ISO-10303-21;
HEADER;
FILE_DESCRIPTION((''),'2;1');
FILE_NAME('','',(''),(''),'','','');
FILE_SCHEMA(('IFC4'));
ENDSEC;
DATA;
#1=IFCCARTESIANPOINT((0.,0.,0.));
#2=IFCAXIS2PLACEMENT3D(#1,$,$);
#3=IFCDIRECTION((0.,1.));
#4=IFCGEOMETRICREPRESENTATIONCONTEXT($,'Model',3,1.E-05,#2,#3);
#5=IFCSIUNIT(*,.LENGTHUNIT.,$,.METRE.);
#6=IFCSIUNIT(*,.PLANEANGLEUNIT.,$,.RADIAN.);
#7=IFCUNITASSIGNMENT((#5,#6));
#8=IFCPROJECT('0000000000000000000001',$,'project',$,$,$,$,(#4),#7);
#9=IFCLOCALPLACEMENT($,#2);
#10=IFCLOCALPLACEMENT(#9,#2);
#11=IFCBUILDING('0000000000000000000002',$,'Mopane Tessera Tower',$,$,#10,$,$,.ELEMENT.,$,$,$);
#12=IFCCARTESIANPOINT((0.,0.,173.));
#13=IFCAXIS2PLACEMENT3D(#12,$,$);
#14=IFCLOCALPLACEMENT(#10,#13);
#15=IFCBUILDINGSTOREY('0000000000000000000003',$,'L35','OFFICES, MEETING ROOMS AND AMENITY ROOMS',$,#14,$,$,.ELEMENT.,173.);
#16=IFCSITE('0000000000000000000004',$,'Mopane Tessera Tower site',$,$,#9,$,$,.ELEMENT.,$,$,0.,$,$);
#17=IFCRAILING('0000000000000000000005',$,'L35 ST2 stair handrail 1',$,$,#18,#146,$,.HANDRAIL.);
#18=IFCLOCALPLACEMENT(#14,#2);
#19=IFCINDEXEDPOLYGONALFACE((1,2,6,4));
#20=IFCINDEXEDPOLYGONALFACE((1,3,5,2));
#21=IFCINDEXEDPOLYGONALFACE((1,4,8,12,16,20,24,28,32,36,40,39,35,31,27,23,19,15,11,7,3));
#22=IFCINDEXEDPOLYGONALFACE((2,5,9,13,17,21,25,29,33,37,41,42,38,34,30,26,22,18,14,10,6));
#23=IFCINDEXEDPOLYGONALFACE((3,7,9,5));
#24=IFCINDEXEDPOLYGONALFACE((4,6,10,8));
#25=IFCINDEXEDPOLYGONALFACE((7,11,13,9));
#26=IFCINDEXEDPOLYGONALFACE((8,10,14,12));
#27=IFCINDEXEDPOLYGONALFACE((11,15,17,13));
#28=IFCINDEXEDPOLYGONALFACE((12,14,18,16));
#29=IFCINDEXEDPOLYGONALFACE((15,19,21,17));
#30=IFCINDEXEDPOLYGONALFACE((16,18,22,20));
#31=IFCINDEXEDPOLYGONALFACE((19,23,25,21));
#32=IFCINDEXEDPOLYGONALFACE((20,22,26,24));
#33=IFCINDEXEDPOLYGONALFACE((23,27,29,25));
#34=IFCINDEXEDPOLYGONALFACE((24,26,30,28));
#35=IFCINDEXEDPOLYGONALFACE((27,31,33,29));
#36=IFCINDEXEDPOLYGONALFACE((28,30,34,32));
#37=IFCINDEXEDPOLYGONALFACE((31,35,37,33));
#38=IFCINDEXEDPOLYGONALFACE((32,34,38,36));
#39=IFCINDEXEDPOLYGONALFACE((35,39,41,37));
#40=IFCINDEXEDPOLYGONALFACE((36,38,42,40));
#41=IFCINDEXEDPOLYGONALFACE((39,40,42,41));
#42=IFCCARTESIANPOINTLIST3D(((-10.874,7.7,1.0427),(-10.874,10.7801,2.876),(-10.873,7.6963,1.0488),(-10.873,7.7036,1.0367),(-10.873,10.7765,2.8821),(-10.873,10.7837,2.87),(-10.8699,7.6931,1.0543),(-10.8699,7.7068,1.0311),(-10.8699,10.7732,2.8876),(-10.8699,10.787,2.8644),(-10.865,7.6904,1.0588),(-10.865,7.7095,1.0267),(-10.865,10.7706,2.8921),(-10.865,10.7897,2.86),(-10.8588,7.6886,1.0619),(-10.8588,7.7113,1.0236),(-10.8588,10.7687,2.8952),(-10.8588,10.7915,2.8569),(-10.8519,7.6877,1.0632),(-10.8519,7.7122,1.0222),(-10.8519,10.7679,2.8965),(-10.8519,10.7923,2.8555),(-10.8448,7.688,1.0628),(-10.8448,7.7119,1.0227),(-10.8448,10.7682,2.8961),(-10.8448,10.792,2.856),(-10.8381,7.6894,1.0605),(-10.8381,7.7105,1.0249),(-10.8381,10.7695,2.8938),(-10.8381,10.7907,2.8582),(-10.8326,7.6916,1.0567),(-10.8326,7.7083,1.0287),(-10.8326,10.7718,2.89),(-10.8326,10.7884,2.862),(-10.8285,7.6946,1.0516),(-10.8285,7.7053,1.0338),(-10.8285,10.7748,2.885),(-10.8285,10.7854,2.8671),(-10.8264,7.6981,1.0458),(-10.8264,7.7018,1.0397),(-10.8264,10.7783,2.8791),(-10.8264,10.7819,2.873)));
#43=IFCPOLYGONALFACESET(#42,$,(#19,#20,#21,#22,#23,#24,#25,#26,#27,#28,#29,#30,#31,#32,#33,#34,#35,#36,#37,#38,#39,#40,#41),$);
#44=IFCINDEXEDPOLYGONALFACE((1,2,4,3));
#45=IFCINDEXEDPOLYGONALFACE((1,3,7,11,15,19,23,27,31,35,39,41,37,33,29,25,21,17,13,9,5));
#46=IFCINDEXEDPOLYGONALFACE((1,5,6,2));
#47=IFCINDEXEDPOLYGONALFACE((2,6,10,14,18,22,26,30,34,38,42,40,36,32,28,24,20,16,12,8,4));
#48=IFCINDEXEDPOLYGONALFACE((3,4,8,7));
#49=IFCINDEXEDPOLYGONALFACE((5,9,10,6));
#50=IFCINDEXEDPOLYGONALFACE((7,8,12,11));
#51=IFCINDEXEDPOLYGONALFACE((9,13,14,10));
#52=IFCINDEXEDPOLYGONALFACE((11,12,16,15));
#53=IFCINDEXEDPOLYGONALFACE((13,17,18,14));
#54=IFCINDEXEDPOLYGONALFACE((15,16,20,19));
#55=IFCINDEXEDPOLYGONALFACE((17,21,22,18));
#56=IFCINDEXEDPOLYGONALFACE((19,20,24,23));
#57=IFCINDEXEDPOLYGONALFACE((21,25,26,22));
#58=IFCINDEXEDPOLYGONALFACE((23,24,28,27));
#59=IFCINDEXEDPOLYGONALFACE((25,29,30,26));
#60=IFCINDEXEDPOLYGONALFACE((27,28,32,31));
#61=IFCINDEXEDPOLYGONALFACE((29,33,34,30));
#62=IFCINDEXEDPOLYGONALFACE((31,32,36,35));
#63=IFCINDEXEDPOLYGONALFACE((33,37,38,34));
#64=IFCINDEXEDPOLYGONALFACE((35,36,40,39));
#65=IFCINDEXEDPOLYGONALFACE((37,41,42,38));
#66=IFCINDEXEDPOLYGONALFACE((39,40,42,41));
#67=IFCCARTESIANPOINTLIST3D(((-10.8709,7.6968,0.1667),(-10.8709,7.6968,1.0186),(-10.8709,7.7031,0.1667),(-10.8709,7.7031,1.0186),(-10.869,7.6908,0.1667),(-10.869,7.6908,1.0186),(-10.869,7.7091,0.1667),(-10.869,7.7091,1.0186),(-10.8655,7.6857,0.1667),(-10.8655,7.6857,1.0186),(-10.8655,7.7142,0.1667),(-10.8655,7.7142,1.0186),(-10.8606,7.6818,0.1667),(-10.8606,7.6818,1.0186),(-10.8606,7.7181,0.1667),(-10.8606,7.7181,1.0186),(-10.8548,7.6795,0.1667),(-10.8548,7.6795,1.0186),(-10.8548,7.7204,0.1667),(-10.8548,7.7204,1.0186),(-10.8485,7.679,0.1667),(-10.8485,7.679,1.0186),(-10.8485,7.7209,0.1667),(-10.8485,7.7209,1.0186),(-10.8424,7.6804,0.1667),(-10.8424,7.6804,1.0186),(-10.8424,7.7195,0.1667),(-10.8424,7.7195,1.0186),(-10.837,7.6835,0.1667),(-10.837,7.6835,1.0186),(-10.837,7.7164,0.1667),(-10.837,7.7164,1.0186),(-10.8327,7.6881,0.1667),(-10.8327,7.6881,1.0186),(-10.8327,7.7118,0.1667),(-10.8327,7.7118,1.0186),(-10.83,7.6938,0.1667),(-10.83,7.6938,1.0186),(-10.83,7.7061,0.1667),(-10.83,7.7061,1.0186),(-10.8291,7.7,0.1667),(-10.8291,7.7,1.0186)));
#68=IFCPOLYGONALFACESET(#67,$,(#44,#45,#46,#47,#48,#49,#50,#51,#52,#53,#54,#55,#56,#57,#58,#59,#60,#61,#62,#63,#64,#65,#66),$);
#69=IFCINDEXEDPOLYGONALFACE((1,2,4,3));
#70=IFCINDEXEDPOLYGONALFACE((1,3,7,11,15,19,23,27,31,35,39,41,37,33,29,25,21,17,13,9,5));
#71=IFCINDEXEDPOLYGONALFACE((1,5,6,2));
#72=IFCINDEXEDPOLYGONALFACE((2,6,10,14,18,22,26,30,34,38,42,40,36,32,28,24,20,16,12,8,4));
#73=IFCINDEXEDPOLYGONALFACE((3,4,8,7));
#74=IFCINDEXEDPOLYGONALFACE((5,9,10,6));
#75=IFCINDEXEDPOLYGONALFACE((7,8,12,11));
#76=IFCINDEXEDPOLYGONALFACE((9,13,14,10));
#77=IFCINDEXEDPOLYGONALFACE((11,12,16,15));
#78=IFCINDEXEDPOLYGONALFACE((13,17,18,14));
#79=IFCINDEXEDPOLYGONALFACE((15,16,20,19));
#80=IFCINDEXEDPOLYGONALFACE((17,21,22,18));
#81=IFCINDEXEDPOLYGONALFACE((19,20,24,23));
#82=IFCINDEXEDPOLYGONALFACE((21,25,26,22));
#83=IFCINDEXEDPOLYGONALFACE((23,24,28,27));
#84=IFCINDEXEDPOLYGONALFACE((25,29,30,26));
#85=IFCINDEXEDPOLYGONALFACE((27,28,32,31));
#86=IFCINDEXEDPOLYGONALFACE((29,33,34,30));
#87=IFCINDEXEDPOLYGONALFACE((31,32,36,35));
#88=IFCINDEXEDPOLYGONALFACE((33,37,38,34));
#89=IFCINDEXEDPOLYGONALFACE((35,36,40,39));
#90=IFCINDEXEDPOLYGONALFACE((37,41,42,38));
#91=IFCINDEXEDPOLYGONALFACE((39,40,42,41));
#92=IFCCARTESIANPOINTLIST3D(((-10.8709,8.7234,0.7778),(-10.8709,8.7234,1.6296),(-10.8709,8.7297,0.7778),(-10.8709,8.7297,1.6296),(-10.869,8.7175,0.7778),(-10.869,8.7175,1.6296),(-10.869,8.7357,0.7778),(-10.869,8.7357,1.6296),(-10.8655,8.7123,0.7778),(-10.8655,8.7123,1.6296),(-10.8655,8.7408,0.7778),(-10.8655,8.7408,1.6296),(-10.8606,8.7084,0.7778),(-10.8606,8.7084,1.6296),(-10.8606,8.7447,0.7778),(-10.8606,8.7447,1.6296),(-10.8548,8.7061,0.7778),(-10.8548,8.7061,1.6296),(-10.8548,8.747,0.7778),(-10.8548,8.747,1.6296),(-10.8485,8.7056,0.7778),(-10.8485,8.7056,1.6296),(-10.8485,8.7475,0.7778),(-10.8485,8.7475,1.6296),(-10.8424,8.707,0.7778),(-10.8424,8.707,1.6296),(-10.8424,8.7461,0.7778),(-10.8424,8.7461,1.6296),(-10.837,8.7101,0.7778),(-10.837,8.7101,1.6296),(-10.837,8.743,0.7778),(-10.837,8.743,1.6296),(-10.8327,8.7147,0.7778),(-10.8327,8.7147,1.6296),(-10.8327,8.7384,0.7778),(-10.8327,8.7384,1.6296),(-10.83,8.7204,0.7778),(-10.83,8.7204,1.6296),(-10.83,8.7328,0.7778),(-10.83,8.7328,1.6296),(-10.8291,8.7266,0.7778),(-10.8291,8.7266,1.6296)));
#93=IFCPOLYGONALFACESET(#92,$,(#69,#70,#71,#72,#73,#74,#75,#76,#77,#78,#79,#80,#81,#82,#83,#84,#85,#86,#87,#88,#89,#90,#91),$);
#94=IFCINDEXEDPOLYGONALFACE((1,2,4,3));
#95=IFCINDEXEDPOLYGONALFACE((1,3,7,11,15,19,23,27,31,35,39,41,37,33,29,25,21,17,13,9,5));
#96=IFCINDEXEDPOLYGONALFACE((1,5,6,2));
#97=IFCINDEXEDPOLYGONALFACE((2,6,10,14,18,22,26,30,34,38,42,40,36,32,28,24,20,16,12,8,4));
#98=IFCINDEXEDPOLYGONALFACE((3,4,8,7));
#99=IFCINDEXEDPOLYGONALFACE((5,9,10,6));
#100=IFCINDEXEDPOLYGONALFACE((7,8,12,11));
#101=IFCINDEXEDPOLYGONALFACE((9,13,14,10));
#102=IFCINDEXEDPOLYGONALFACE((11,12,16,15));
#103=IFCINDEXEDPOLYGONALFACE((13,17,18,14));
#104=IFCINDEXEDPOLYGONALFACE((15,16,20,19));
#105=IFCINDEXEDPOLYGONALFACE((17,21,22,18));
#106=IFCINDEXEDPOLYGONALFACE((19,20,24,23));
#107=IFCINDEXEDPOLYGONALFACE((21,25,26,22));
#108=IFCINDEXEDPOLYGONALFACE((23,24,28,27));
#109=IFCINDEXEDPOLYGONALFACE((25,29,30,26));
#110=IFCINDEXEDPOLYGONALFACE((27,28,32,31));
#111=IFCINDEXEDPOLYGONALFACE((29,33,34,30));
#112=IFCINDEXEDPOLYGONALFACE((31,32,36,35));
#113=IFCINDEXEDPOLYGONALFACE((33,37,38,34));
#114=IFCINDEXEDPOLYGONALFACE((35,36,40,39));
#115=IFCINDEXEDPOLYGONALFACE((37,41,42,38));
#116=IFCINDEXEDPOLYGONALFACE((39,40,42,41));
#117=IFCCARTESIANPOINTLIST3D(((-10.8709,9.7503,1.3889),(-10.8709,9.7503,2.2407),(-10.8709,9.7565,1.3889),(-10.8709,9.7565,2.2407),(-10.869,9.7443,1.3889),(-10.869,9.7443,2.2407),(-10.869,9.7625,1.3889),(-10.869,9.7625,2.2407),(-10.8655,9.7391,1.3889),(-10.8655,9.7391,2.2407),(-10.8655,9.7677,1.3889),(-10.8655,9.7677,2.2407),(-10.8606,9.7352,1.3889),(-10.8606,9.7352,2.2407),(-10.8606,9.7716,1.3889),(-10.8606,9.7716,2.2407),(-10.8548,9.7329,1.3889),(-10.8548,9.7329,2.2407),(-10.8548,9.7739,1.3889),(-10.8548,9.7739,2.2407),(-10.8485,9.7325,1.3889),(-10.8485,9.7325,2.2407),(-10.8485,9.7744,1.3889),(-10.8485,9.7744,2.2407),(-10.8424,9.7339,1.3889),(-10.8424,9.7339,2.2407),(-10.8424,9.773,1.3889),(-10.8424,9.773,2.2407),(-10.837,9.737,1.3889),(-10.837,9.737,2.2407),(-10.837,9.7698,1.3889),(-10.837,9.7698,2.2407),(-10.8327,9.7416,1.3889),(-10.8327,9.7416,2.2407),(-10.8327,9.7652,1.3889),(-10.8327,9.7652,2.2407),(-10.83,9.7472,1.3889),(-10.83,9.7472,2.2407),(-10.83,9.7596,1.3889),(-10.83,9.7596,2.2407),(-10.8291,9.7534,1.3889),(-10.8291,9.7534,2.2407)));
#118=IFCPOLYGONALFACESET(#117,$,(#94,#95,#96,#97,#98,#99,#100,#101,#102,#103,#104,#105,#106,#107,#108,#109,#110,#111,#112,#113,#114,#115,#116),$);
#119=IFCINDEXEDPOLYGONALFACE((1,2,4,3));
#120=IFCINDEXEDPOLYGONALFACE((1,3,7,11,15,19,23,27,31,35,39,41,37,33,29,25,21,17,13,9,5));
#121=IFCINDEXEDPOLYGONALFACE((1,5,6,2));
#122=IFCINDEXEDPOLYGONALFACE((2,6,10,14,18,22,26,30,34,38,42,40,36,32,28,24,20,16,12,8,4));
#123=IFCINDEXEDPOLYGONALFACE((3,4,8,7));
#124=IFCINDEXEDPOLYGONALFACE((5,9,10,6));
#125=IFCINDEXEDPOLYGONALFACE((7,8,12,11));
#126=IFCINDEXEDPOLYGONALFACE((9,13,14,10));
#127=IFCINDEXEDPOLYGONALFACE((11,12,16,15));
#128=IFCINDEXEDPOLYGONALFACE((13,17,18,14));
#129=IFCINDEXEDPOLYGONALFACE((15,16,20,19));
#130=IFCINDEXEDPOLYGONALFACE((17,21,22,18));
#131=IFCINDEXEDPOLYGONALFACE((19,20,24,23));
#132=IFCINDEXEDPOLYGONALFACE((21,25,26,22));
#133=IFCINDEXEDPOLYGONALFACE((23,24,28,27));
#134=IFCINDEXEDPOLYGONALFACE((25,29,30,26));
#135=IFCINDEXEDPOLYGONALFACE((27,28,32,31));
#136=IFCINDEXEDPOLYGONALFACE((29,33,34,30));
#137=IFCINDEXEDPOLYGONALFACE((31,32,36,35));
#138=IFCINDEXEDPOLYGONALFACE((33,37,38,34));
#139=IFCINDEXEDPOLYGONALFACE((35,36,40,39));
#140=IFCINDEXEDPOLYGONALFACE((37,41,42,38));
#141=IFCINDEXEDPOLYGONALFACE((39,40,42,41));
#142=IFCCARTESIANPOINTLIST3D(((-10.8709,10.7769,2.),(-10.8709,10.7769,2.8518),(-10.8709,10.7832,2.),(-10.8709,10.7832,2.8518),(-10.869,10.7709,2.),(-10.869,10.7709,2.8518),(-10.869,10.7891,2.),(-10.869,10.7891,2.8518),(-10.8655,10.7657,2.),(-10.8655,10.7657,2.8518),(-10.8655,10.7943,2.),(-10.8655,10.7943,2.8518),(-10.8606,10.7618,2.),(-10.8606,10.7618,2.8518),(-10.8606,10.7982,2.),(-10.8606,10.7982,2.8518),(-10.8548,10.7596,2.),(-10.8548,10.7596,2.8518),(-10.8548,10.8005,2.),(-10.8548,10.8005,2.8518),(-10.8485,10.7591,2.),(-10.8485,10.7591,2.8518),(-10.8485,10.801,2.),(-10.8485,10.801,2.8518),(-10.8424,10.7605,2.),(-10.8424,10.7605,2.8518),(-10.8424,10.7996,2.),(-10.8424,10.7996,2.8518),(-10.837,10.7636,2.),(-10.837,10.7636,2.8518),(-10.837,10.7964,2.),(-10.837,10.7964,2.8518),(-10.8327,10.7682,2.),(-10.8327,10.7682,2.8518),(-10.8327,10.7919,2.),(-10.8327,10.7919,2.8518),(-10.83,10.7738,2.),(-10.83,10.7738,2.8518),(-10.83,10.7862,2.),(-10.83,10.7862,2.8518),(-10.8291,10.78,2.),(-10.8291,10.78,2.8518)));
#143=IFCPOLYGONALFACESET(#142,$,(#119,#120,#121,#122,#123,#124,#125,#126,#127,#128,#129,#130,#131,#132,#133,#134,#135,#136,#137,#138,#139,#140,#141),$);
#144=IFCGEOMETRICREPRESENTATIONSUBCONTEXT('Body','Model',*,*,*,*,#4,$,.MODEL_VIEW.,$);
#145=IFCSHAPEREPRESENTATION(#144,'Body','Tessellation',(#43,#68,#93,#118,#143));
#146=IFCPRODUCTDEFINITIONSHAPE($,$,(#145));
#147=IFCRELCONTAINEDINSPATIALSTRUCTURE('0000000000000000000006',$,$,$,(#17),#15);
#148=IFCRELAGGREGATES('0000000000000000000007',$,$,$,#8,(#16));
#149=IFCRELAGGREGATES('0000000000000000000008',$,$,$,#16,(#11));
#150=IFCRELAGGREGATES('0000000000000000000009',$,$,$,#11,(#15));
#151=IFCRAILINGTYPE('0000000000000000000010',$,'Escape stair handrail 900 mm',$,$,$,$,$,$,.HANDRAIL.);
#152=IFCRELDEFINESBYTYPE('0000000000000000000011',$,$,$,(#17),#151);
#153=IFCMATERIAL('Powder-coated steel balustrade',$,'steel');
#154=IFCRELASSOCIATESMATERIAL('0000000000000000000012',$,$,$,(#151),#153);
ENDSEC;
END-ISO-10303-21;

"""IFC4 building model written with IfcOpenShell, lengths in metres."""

from ifc_helpers import new_model, si_unit, direction, frame, origin, origin_2d, place, context, subcontext, project, spatial, circle, extrude, material, type_object, element, save


model = new_model("IFC4")

# Units and contexts
model_context = context("Model", 3, precision=1e-05, world=origin(), true_north=direction((0.0, 1.0)))
body_context = subcontext(model_context, "Body", "Model", "MODEL_VIEW")
ifc_project = project(units=[si_unit("LENGTHUNIT", "METRE"), si_unit("PLANEANGLEUNIT", "RADIAN")], contexts=[model_context])

# Site, building, storey
site_placement = place(None, origin())
site = spatial("IfcSite", under=ifc_project, at=site_placement, Name="Mopane Tessera Tower site", CompositionType="ELEMENT", RefElevation=0.0)
building_placement = place(site_placement, origin())
building = spatial("IfcBuilding", under=site, at=building_placement, Name="Mopane Tessera Tower", CompositionType="ELEMENT")
storey_placement = place(building_placement, frame((0.0, 0.0, 173.0)))
storey = spatial("IfcBuildingStorey", under=building, at=storey_placement, Name="L35", Description="OFFICES, MEETING ROOMS AND AMENITY ROOMS", CompositionType="ELEMENT", Elevation=173.0)

# Railing
ifc_material_1 = material(Name="Powder-coated steel balustrade", Category="steel")
railing_type_1 = type_object("IfcRailingType", Name="Escape stair handrail 900 mm", PredefinedType="HANDRAIL", material=ifc_material_1)
railing_1_placement = place(storey_placement, frame((-10.8501, 7.7, 0.1667)))
element("IfcRailing", 1, at=railing_1_placement, inside=storey, type_object=railing_type_1, Name="L35 ST2 stair handrail 1", PredefinedType="HANDRAIL", context=body_context, shape_type="SweptSolid", body=[
    extrude(circle(Radius=0.0239, at=origin_2d()), frame((0.0, 0.0, 0.876), z_axis=(0.0, 0.859309, 0.511458), x_axis=(-1.0, 0.0, 0.0)), (0.0, 0.0, 1.0), 3.5845),
    extrude(circle(Radius=0.021, at=origin_2d()), origin(), (0.0, 0.0, 1.0), 0.8518),
    extrude(circle(Radius=0.021, at=origin_2d()), frame((0.0, 1.0266, 0.6111)), (0.0, 0.0, 1.0), 0.8518),
    extrude(circle(Radius=0.021, at=origin_2d()), frame((0.0, 2.0535, 1.2222)), (0.0, 0.0, 1.0), 0.8518),
    extrude(circle(Radius=0.021, at=origin_2d()), frame((0.0, 3.0801, 1.8333)), (0.0, 0.0, 1.0), 0.8518),
])

save(model, "model.ifc")
